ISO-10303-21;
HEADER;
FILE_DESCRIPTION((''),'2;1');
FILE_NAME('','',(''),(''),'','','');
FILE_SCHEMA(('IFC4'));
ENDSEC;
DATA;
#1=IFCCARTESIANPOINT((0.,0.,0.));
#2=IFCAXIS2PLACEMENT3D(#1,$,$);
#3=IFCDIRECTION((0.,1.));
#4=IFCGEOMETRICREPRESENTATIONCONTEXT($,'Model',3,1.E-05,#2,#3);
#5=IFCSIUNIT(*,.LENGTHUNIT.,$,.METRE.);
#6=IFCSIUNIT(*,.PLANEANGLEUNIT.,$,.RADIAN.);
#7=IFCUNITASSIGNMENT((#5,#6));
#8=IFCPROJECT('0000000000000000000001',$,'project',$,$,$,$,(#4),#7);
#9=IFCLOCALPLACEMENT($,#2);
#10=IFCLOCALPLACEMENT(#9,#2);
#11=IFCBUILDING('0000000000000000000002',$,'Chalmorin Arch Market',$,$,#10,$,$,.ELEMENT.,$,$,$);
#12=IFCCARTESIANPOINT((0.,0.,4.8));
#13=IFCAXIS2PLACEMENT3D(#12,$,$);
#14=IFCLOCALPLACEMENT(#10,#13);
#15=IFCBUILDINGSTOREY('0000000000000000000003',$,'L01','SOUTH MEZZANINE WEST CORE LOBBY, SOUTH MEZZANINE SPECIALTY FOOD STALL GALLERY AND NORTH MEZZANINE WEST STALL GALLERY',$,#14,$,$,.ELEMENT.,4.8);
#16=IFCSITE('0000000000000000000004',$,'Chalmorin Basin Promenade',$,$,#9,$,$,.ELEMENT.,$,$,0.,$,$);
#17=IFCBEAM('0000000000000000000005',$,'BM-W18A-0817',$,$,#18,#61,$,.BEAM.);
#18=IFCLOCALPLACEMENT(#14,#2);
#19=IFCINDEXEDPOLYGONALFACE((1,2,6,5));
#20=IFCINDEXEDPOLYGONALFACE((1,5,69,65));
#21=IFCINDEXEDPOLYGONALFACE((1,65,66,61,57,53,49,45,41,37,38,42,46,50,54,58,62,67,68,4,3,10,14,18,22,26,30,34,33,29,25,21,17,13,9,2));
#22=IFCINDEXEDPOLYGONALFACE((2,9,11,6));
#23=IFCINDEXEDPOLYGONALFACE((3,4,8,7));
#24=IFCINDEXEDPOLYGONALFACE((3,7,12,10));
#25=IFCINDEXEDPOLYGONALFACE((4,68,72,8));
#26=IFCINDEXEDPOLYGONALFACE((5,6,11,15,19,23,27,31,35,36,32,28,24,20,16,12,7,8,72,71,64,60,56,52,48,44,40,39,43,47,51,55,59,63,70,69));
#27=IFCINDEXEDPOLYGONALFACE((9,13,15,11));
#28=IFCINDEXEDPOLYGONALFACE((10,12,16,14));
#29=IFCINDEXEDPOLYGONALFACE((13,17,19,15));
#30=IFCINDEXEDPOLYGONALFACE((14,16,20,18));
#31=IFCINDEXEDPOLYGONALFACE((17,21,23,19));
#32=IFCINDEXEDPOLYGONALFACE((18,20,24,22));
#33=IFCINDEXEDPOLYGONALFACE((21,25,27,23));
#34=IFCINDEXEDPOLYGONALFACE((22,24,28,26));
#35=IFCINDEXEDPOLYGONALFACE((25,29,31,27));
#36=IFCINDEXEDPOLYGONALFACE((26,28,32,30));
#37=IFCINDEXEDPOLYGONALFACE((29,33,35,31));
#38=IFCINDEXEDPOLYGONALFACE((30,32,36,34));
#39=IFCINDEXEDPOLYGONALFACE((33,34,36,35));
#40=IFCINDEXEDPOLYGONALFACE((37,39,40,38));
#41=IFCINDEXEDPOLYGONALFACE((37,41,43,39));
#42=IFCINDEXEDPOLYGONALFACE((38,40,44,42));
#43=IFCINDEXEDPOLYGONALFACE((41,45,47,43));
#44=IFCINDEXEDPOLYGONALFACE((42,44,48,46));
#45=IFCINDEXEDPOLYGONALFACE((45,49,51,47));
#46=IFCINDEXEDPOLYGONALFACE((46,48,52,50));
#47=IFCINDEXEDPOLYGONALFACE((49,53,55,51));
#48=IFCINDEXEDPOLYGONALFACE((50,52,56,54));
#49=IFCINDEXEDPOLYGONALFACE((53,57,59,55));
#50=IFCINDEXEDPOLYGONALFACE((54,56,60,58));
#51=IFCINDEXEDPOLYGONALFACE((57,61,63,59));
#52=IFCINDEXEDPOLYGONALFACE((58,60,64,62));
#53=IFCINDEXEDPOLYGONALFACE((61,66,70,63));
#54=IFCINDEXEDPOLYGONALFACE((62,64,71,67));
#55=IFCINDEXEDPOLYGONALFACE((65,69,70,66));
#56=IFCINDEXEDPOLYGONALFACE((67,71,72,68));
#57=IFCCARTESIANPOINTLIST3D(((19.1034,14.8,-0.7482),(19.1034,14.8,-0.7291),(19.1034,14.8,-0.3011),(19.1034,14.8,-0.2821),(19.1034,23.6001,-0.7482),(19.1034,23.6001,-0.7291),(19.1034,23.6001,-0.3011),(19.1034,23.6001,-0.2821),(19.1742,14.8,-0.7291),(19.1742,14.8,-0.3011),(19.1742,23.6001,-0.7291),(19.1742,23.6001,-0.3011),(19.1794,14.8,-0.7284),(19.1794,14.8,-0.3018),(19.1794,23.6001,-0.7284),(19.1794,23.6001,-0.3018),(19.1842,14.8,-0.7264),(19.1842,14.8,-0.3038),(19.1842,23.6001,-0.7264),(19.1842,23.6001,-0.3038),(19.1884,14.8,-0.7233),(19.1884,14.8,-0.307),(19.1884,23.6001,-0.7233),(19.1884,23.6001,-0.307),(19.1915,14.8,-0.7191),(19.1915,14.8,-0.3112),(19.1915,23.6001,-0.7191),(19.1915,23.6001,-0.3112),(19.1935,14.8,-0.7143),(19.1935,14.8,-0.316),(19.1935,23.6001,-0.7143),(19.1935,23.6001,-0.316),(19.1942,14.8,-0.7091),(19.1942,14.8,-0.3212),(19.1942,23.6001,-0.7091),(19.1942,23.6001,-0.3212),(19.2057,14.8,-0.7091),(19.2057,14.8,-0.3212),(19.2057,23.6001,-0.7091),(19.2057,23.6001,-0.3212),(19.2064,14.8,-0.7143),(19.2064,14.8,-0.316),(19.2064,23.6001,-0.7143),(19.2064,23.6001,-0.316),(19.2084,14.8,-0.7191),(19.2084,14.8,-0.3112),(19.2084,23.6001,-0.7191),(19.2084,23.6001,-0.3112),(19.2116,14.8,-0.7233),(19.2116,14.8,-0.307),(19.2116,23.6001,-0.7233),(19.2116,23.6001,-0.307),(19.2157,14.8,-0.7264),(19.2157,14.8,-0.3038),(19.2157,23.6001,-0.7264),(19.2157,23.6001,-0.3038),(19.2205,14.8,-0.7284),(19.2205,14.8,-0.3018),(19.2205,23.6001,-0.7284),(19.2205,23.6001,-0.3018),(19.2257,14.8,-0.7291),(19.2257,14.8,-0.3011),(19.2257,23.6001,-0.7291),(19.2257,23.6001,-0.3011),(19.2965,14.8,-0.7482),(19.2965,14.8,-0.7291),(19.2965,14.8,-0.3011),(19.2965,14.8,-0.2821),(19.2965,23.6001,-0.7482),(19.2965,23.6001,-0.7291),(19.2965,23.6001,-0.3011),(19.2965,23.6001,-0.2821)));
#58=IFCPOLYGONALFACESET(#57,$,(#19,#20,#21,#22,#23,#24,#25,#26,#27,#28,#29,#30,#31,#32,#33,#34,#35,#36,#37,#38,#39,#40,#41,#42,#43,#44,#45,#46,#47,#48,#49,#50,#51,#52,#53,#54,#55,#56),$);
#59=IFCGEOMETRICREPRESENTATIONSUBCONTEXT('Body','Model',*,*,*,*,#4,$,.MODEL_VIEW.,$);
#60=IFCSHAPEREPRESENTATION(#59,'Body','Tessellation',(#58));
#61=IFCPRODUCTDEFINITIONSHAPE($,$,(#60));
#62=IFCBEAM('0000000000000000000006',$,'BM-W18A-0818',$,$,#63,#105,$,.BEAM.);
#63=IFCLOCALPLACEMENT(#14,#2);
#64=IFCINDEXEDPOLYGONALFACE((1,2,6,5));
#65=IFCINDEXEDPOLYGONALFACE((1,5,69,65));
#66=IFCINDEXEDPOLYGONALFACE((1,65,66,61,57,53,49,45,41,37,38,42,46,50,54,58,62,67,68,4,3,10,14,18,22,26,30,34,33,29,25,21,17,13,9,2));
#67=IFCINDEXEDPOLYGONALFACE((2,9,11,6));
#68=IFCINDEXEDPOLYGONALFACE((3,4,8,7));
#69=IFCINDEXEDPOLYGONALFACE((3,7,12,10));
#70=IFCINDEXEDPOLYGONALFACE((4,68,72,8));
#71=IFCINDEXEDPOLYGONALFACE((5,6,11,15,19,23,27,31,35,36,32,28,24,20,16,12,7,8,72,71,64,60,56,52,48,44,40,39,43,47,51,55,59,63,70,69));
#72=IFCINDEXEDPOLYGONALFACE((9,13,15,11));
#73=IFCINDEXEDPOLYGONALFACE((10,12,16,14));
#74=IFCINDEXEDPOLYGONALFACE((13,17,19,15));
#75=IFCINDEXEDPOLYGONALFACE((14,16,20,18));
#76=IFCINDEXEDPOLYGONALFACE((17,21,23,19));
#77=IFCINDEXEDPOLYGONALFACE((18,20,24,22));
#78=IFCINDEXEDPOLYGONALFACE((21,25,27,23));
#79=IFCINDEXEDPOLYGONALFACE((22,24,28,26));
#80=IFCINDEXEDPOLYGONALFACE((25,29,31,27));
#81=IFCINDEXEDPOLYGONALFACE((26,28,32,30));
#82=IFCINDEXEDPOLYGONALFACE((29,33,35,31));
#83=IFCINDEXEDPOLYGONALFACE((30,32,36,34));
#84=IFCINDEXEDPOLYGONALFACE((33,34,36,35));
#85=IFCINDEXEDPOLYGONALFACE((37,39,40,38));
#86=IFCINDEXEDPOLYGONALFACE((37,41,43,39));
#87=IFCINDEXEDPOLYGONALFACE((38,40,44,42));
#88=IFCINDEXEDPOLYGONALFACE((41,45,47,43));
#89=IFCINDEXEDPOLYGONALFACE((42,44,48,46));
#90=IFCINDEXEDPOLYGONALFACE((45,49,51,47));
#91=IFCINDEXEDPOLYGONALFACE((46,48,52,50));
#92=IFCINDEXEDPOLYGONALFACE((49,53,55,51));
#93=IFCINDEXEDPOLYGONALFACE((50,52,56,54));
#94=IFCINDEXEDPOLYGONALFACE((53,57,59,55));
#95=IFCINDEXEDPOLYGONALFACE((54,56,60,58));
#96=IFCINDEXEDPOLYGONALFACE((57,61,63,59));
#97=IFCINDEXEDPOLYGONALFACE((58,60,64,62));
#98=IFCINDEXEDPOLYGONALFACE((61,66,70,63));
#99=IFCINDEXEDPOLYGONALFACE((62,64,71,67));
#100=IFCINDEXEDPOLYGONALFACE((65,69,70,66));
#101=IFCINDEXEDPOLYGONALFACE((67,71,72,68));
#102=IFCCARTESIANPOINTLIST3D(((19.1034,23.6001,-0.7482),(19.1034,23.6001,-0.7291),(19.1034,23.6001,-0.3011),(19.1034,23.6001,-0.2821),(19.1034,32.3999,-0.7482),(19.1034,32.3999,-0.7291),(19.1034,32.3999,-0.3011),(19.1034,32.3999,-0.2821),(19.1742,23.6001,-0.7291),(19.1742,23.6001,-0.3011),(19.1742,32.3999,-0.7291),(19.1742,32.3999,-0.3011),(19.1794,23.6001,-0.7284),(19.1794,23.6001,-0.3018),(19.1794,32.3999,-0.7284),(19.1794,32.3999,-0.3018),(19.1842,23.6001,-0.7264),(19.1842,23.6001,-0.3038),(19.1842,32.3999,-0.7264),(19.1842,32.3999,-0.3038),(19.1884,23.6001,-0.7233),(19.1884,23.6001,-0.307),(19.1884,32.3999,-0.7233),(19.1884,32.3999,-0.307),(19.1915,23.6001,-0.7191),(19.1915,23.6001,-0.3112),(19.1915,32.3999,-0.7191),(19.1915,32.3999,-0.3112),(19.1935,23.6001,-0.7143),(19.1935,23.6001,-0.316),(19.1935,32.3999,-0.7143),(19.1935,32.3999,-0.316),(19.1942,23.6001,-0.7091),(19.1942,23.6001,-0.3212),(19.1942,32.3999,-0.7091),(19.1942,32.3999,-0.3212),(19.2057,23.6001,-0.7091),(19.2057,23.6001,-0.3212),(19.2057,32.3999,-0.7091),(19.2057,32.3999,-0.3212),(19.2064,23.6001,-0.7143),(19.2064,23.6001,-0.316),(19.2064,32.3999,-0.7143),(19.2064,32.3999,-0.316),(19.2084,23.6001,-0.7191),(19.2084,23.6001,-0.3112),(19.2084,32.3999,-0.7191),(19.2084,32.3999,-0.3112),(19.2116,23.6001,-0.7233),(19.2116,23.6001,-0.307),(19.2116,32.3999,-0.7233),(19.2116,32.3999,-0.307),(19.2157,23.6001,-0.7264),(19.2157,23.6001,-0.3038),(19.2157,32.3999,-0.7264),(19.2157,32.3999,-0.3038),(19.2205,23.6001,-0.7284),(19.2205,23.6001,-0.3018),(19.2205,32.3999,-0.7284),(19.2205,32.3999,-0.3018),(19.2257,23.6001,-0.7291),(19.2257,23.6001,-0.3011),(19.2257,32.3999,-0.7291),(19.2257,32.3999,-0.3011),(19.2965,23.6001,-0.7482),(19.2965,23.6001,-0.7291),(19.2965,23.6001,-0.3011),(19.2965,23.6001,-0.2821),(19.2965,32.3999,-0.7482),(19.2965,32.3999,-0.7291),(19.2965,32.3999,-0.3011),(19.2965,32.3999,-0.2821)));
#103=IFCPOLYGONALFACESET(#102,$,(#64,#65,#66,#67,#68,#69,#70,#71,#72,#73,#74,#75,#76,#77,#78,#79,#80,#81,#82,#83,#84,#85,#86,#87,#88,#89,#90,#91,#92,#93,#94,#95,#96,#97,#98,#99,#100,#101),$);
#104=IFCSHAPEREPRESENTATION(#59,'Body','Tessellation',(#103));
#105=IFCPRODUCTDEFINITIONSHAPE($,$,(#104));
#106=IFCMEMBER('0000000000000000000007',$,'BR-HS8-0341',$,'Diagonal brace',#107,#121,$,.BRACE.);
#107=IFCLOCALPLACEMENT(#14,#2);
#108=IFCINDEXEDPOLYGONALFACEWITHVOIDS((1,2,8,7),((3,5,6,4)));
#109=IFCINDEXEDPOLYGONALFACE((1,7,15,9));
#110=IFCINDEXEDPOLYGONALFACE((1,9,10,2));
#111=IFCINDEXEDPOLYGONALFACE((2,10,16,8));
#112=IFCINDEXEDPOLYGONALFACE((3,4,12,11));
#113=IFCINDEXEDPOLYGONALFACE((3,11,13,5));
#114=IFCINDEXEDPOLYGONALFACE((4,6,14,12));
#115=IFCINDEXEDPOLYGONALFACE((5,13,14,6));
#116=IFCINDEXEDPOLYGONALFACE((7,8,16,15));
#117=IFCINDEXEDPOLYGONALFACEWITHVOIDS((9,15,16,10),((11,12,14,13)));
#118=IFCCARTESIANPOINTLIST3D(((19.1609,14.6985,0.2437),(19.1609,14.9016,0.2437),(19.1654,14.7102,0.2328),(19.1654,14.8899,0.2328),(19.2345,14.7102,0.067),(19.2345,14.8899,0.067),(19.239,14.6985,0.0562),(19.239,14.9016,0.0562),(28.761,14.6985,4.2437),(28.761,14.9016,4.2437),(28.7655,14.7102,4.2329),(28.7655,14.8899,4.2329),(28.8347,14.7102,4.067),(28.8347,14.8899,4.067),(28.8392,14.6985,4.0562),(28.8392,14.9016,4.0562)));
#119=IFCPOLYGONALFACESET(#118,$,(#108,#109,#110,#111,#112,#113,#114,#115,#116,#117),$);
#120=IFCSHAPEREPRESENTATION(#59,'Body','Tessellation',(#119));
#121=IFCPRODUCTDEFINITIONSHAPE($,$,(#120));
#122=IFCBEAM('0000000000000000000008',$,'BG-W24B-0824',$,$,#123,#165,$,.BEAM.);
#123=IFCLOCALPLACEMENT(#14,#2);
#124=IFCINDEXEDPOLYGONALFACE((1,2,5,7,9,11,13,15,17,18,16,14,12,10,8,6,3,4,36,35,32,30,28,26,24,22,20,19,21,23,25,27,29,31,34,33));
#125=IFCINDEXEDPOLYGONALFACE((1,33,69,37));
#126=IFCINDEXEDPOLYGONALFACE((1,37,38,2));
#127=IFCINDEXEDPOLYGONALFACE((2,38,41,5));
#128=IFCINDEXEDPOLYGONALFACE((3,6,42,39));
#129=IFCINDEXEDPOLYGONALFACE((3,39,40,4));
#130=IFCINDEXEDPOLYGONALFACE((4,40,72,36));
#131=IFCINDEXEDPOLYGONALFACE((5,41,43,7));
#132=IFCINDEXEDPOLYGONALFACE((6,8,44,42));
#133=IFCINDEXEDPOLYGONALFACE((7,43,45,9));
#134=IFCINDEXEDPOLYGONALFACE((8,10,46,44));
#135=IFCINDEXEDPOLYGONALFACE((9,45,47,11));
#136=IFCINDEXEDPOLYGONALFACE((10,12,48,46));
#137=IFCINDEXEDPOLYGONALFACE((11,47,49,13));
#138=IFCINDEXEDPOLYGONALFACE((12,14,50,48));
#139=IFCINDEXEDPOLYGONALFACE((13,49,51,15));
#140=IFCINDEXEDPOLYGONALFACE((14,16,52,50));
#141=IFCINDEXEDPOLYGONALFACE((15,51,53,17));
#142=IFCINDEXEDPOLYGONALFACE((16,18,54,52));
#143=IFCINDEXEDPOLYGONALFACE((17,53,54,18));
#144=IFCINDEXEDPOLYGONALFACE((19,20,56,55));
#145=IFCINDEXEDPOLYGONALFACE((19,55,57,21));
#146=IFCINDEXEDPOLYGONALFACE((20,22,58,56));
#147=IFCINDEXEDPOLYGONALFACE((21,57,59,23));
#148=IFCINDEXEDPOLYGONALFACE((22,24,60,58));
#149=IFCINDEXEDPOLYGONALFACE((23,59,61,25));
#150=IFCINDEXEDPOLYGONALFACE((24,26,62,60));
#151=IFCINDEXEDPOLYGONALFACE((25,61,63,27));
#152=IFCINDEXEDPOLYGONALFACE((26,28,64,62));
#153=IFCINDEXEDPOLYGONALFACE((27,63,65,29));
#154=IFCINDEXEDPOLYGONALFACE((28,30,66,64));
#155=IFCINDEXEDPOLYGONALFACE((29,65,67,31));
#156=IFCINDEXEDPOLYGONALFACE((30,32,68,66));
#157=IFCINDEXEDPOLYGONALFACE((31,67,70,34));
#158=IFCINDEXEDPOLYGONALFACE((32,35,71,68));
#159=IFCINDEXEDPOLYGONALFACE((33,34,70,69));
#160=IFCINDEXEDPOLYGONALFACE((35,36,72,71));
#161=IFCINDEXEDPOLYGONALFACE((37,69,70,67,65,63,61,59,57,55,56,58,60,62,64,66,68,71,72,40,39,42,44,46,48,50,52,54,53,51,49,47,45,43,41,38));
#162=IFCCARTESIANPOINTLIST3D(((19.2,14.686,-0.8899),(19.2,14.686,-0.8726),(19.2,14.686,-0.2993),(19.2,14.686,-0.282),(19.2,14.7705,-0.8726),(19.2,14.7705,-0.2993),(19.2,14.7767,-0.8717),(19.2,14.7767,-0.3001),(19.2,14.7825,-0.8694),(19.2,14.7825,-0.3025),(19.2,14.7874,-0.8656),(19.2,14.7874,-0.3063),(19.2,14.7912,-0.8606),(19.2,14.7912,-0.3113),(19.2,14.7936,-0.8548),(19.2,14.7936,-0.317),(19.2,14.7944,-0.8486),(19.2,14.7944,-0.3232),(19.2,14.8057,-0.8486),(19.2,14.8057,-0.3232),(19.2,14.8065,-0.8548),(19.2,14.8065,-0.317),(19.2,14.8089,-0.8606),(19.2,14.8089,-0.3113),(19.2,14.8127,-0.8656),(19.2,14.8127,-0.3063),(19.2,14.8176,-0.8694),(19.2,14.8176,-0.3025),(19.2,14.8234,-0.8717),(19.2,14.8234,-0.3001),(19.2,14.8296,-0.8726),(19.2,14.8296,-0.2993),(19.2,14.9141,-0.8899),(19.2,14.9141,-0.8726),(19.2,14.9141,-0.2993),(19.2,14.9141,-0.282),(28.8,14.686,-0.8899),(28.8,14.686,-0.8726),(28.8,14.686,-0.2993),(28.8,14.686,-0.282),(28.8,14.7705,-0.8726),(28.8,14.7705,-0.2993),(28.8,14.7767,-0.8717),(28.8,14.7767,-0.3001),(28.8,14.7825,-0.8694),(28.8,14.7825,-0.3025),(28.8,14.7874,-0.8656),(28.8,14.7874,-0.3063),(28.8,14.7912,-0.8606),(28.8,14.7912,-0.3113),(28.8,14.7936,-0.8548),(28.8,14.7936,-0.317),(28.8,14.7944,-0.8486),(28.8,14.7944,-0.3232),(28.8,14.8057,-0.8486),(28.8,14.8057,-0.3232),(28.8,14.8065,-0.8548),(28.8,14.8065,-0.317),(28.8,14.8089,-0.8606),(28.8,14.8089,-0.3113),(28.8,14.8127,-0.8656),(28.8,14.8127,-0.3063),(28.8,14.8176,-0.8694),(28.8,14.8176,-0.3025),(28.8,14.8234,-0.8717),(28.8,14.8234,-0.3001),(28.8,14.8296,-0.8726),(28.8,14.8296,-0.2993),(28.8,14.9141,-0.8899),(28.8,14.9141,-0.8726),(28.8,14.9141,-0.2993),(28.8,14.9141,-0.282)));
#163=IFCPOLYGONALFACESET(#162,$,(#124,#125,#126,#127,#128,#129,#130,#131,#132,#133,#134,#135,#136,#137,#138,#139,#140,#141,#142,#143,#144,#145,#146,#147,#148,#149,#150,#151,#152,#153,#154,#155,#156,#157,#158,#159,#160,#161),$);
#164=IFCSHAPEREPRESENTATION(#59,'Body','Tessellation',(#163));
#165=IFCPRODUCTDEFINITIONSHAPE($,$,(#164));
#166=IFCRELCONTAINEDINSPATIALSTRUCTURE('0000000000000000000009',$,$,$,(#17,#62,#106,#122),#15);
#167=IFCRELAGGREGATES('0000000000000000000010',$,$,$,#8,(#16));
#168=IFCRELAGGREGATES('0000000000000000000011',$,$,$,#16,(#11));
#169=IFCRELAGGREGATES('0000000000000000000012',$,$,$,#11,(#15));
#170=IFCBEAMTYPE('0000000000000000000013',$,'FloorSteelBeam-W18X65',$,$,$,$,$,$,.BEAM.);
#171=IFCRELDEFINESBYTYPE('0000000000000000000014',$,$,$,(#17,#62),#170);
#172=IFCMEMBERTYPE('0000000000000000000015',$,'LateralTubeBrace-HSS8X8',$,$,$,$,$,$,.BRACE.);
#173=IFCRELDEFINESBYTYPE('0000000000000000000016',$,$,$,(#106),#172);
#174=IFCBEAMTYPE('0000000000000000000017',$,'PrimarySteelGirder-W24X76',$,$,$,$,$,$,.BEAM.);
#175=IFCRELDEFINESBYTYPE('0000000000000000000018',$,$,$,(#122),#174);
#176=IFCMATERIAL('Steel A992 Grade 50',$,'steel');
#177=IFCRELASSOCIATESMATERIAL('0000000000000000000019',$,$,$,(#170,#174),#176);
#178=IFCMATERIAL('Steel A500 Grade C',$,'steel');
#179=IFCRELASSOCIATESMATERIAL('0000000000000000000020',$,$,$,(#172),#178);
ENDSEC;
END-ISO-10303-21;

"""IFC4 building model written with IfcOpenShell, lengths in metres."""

from ifc_helpers import new_model, si_unit, direction, frame, origin, origin_2d, place, context, subcontext, project, spatial, hollow_rectangle, i_section, extrude, material, material_profile, profile_set, type_object, element, save


model = new_model("IFC4")

# Units and contexts
model_context = context("Model", 3, precision=1e-05, world=origin(), true_north=direction((0.0, 1.0)))
body_context = subcontext(model_context, "Body", "Model", "MODEL_VIEW")
ifc_project = project(units=[si_unit("LENGTHUNIT", "METRE"), si_unit("PLANEANGLEUNIT", "RADIAN")], contexts=[model_context])

# Site, building, storey
site_placement = place(None, origin())
site = spatial("IfcSite", under=ifc_project, at=site_placement, Name="Chalmorin Basin Promenade", CompositionType="ELEMENT", RefElevation=0.0)
building_placement = place(site_placement, origin())
building = spatial("IfcBuilding", under=site, at=building_placement, Name="Chalmorin Arch Market", CompositionType="ELEMENT")
storey_placement = place(building_placement, frame((0.0, 0.0, 4.8)))
storey = spatial("IfcBuildingStorey", under=building, at=storey_placement, Name="L01", Description="SOUTH MEZZANINE WEST CORE LOBBY, SOUTH MEZZANINE SPECIALTY FOOD STALL GALLERY AND NORTH MEZZANINE WEST STALL GALLERY", CompositionType="ELEMENT", Elevation=4.8)

# Shared definitions
ifc_material_1 = material(Name="Steel A992 Grade 50", Category="steel")

# Beams
ifc_material_profile_1 = material_profile(ifc_material_1, i_section(OverallWidth=0.1931, OverallDepth=0.4661, WebThickness=0.0115, FlangeThickness=0.019, FilletRadius=0.02, at=origin_2d()), Name="W18X65")
ifc_profile_set_1 = profile_set([ifc_material_profile_1], Name="Steel A992 Grade 50")
beam_type_1 = type_object("IfcBeamType", Name="FloorSteelBeam-W18X65", PredefinedType="BEAM", material=ifc_profile_set_1)
beam_1_placement = place(storey_placement, frame((19.2, 14.8, -0.5151), z_axis=(0.0, 1.0, 0.0), x_axis=(-1.0, 0.0, 0.0)))
element("IfcBeam", 1, at=beam_1_placement, inside=storey, type_object=beam_type_1, Name="BM-W18A-0817", PredefinedType="BEAM", context=body_context, shape_type="SweptSolid", body=[
    extrude(i_section(OverallWidth=0.1931, OverallDepth=0.4661, WebThickness=0.0115, FlangeThickness=0.019, FilletRadius=0.02, at=origin_2d()), origin(), (0.0, 0.0, 1.0), 8.8),
])
beam_2_placement = place(storey_placement, frame((19.2, 23.6001, -0.5151), z_axis=(0.0, 1.0, 0.0), x_axis=(-1.0, 0.0, 0.0)))
element("IfcBeam", 2, at=beam_2_placement, inside=storey, type_object=beam_type_1, Name="BM-W18A-0818", PredefinedType="BEAM", context=body_context, shape_type="SweptSolid", body=[
    extrude(i_section(OverallWidth=0.1931, OverallDepth=0.4661, WebThickness=0.0115, FlangeThickness=0.019, FilletRadius=0.02, at=origin_2d()), origin(), (0.0, 0.0, 1.0), 8.7998),
])

# Member
ifc_material_2 = material(Name="Steel A500 Grade C", Category="steel")
ifc_material_profile_2 = material_profile(ifc_material_2, hollow_rectangle(XDim=0.2031, YDim=0.2031, WallThickness=0.0117, at=origin_2d()), Name="HSS8X8X1/2")
ifc_profile_set_2 = profile_set([ifc_material_profile_2], Name="Steel A500 Grade C")
member_type = type_object("IfcMemberType", Name="LateralTubeBrace-HSS8X8", PredefinedType="BRACE", material=ifc_profile_set_2)
member_placement = place(storey_placement, frame((19.2, 14.8, 0.1499), z_axis=(0.923078, 0.0, 0.384612), x_axis=(0.0, 1.0, 0.0)))
element("IfcMember", 3, at=member_placement, inside=storey, type_object=member_type, Name="BR-HS8-0341", ObjectType="Diagonal brace", PredefinedType="BRACE", context=body_context, shape_type="SweptSolid", body=[
    extrude(hollow_rectangle(XDim=0.2031, YDim=0.2031, WallThickness=0.0117, at=origin_2d()), origin(), (0.0, 0.0, 1.0), 10.4001),
])

# Beam
ifc_material_profile_3 = material_profile(ifc_material_1, i_section(OverallWidth=0.228, OverallDepth=0.6079, WebThickness=0.0112, FlangeThickness=0.0173, FilletRadius=0.0239, at=origin_2d()), Name="W24X76")
ifc_profile_set_3 = profile_set([ifc_material_profile_3], Name="Steel A992 Grade 50")
beam_type_2 = type_object("IfcBeamType", Name="PrimarySteelGirder-W24X76", PredefinedType="BEAM", material=ifc_profile_set_3)
for number, where, z_axis, x_axis, name in (
    (4, (19.2, 14.8, -0.5859), (1.0, 0.0, 0.0), (0.0, 1.0, 0.0), "BG-W24B-0824"),
):
    element("IfcBeam", number, at=place(storey_placement, frame(where, z_axis=z_axis, x_axis=x_axis)), inside=storey, type_object=beam_type_2, Name=name, PredefinedType="BEAM", context=body_context, shape_type="SweptSolid", body=[
        extrude(i_section(OverallWidth=0.228, OverallDepth=0.6079, WebThickness=0.0112, FlangeThickness=0.0173, FilletRadius=0.0239, at=origin_2d()), origin(), (0.0, 0.0, 1.0), 9.6001),
    ])

save(model, "model.ifc")
